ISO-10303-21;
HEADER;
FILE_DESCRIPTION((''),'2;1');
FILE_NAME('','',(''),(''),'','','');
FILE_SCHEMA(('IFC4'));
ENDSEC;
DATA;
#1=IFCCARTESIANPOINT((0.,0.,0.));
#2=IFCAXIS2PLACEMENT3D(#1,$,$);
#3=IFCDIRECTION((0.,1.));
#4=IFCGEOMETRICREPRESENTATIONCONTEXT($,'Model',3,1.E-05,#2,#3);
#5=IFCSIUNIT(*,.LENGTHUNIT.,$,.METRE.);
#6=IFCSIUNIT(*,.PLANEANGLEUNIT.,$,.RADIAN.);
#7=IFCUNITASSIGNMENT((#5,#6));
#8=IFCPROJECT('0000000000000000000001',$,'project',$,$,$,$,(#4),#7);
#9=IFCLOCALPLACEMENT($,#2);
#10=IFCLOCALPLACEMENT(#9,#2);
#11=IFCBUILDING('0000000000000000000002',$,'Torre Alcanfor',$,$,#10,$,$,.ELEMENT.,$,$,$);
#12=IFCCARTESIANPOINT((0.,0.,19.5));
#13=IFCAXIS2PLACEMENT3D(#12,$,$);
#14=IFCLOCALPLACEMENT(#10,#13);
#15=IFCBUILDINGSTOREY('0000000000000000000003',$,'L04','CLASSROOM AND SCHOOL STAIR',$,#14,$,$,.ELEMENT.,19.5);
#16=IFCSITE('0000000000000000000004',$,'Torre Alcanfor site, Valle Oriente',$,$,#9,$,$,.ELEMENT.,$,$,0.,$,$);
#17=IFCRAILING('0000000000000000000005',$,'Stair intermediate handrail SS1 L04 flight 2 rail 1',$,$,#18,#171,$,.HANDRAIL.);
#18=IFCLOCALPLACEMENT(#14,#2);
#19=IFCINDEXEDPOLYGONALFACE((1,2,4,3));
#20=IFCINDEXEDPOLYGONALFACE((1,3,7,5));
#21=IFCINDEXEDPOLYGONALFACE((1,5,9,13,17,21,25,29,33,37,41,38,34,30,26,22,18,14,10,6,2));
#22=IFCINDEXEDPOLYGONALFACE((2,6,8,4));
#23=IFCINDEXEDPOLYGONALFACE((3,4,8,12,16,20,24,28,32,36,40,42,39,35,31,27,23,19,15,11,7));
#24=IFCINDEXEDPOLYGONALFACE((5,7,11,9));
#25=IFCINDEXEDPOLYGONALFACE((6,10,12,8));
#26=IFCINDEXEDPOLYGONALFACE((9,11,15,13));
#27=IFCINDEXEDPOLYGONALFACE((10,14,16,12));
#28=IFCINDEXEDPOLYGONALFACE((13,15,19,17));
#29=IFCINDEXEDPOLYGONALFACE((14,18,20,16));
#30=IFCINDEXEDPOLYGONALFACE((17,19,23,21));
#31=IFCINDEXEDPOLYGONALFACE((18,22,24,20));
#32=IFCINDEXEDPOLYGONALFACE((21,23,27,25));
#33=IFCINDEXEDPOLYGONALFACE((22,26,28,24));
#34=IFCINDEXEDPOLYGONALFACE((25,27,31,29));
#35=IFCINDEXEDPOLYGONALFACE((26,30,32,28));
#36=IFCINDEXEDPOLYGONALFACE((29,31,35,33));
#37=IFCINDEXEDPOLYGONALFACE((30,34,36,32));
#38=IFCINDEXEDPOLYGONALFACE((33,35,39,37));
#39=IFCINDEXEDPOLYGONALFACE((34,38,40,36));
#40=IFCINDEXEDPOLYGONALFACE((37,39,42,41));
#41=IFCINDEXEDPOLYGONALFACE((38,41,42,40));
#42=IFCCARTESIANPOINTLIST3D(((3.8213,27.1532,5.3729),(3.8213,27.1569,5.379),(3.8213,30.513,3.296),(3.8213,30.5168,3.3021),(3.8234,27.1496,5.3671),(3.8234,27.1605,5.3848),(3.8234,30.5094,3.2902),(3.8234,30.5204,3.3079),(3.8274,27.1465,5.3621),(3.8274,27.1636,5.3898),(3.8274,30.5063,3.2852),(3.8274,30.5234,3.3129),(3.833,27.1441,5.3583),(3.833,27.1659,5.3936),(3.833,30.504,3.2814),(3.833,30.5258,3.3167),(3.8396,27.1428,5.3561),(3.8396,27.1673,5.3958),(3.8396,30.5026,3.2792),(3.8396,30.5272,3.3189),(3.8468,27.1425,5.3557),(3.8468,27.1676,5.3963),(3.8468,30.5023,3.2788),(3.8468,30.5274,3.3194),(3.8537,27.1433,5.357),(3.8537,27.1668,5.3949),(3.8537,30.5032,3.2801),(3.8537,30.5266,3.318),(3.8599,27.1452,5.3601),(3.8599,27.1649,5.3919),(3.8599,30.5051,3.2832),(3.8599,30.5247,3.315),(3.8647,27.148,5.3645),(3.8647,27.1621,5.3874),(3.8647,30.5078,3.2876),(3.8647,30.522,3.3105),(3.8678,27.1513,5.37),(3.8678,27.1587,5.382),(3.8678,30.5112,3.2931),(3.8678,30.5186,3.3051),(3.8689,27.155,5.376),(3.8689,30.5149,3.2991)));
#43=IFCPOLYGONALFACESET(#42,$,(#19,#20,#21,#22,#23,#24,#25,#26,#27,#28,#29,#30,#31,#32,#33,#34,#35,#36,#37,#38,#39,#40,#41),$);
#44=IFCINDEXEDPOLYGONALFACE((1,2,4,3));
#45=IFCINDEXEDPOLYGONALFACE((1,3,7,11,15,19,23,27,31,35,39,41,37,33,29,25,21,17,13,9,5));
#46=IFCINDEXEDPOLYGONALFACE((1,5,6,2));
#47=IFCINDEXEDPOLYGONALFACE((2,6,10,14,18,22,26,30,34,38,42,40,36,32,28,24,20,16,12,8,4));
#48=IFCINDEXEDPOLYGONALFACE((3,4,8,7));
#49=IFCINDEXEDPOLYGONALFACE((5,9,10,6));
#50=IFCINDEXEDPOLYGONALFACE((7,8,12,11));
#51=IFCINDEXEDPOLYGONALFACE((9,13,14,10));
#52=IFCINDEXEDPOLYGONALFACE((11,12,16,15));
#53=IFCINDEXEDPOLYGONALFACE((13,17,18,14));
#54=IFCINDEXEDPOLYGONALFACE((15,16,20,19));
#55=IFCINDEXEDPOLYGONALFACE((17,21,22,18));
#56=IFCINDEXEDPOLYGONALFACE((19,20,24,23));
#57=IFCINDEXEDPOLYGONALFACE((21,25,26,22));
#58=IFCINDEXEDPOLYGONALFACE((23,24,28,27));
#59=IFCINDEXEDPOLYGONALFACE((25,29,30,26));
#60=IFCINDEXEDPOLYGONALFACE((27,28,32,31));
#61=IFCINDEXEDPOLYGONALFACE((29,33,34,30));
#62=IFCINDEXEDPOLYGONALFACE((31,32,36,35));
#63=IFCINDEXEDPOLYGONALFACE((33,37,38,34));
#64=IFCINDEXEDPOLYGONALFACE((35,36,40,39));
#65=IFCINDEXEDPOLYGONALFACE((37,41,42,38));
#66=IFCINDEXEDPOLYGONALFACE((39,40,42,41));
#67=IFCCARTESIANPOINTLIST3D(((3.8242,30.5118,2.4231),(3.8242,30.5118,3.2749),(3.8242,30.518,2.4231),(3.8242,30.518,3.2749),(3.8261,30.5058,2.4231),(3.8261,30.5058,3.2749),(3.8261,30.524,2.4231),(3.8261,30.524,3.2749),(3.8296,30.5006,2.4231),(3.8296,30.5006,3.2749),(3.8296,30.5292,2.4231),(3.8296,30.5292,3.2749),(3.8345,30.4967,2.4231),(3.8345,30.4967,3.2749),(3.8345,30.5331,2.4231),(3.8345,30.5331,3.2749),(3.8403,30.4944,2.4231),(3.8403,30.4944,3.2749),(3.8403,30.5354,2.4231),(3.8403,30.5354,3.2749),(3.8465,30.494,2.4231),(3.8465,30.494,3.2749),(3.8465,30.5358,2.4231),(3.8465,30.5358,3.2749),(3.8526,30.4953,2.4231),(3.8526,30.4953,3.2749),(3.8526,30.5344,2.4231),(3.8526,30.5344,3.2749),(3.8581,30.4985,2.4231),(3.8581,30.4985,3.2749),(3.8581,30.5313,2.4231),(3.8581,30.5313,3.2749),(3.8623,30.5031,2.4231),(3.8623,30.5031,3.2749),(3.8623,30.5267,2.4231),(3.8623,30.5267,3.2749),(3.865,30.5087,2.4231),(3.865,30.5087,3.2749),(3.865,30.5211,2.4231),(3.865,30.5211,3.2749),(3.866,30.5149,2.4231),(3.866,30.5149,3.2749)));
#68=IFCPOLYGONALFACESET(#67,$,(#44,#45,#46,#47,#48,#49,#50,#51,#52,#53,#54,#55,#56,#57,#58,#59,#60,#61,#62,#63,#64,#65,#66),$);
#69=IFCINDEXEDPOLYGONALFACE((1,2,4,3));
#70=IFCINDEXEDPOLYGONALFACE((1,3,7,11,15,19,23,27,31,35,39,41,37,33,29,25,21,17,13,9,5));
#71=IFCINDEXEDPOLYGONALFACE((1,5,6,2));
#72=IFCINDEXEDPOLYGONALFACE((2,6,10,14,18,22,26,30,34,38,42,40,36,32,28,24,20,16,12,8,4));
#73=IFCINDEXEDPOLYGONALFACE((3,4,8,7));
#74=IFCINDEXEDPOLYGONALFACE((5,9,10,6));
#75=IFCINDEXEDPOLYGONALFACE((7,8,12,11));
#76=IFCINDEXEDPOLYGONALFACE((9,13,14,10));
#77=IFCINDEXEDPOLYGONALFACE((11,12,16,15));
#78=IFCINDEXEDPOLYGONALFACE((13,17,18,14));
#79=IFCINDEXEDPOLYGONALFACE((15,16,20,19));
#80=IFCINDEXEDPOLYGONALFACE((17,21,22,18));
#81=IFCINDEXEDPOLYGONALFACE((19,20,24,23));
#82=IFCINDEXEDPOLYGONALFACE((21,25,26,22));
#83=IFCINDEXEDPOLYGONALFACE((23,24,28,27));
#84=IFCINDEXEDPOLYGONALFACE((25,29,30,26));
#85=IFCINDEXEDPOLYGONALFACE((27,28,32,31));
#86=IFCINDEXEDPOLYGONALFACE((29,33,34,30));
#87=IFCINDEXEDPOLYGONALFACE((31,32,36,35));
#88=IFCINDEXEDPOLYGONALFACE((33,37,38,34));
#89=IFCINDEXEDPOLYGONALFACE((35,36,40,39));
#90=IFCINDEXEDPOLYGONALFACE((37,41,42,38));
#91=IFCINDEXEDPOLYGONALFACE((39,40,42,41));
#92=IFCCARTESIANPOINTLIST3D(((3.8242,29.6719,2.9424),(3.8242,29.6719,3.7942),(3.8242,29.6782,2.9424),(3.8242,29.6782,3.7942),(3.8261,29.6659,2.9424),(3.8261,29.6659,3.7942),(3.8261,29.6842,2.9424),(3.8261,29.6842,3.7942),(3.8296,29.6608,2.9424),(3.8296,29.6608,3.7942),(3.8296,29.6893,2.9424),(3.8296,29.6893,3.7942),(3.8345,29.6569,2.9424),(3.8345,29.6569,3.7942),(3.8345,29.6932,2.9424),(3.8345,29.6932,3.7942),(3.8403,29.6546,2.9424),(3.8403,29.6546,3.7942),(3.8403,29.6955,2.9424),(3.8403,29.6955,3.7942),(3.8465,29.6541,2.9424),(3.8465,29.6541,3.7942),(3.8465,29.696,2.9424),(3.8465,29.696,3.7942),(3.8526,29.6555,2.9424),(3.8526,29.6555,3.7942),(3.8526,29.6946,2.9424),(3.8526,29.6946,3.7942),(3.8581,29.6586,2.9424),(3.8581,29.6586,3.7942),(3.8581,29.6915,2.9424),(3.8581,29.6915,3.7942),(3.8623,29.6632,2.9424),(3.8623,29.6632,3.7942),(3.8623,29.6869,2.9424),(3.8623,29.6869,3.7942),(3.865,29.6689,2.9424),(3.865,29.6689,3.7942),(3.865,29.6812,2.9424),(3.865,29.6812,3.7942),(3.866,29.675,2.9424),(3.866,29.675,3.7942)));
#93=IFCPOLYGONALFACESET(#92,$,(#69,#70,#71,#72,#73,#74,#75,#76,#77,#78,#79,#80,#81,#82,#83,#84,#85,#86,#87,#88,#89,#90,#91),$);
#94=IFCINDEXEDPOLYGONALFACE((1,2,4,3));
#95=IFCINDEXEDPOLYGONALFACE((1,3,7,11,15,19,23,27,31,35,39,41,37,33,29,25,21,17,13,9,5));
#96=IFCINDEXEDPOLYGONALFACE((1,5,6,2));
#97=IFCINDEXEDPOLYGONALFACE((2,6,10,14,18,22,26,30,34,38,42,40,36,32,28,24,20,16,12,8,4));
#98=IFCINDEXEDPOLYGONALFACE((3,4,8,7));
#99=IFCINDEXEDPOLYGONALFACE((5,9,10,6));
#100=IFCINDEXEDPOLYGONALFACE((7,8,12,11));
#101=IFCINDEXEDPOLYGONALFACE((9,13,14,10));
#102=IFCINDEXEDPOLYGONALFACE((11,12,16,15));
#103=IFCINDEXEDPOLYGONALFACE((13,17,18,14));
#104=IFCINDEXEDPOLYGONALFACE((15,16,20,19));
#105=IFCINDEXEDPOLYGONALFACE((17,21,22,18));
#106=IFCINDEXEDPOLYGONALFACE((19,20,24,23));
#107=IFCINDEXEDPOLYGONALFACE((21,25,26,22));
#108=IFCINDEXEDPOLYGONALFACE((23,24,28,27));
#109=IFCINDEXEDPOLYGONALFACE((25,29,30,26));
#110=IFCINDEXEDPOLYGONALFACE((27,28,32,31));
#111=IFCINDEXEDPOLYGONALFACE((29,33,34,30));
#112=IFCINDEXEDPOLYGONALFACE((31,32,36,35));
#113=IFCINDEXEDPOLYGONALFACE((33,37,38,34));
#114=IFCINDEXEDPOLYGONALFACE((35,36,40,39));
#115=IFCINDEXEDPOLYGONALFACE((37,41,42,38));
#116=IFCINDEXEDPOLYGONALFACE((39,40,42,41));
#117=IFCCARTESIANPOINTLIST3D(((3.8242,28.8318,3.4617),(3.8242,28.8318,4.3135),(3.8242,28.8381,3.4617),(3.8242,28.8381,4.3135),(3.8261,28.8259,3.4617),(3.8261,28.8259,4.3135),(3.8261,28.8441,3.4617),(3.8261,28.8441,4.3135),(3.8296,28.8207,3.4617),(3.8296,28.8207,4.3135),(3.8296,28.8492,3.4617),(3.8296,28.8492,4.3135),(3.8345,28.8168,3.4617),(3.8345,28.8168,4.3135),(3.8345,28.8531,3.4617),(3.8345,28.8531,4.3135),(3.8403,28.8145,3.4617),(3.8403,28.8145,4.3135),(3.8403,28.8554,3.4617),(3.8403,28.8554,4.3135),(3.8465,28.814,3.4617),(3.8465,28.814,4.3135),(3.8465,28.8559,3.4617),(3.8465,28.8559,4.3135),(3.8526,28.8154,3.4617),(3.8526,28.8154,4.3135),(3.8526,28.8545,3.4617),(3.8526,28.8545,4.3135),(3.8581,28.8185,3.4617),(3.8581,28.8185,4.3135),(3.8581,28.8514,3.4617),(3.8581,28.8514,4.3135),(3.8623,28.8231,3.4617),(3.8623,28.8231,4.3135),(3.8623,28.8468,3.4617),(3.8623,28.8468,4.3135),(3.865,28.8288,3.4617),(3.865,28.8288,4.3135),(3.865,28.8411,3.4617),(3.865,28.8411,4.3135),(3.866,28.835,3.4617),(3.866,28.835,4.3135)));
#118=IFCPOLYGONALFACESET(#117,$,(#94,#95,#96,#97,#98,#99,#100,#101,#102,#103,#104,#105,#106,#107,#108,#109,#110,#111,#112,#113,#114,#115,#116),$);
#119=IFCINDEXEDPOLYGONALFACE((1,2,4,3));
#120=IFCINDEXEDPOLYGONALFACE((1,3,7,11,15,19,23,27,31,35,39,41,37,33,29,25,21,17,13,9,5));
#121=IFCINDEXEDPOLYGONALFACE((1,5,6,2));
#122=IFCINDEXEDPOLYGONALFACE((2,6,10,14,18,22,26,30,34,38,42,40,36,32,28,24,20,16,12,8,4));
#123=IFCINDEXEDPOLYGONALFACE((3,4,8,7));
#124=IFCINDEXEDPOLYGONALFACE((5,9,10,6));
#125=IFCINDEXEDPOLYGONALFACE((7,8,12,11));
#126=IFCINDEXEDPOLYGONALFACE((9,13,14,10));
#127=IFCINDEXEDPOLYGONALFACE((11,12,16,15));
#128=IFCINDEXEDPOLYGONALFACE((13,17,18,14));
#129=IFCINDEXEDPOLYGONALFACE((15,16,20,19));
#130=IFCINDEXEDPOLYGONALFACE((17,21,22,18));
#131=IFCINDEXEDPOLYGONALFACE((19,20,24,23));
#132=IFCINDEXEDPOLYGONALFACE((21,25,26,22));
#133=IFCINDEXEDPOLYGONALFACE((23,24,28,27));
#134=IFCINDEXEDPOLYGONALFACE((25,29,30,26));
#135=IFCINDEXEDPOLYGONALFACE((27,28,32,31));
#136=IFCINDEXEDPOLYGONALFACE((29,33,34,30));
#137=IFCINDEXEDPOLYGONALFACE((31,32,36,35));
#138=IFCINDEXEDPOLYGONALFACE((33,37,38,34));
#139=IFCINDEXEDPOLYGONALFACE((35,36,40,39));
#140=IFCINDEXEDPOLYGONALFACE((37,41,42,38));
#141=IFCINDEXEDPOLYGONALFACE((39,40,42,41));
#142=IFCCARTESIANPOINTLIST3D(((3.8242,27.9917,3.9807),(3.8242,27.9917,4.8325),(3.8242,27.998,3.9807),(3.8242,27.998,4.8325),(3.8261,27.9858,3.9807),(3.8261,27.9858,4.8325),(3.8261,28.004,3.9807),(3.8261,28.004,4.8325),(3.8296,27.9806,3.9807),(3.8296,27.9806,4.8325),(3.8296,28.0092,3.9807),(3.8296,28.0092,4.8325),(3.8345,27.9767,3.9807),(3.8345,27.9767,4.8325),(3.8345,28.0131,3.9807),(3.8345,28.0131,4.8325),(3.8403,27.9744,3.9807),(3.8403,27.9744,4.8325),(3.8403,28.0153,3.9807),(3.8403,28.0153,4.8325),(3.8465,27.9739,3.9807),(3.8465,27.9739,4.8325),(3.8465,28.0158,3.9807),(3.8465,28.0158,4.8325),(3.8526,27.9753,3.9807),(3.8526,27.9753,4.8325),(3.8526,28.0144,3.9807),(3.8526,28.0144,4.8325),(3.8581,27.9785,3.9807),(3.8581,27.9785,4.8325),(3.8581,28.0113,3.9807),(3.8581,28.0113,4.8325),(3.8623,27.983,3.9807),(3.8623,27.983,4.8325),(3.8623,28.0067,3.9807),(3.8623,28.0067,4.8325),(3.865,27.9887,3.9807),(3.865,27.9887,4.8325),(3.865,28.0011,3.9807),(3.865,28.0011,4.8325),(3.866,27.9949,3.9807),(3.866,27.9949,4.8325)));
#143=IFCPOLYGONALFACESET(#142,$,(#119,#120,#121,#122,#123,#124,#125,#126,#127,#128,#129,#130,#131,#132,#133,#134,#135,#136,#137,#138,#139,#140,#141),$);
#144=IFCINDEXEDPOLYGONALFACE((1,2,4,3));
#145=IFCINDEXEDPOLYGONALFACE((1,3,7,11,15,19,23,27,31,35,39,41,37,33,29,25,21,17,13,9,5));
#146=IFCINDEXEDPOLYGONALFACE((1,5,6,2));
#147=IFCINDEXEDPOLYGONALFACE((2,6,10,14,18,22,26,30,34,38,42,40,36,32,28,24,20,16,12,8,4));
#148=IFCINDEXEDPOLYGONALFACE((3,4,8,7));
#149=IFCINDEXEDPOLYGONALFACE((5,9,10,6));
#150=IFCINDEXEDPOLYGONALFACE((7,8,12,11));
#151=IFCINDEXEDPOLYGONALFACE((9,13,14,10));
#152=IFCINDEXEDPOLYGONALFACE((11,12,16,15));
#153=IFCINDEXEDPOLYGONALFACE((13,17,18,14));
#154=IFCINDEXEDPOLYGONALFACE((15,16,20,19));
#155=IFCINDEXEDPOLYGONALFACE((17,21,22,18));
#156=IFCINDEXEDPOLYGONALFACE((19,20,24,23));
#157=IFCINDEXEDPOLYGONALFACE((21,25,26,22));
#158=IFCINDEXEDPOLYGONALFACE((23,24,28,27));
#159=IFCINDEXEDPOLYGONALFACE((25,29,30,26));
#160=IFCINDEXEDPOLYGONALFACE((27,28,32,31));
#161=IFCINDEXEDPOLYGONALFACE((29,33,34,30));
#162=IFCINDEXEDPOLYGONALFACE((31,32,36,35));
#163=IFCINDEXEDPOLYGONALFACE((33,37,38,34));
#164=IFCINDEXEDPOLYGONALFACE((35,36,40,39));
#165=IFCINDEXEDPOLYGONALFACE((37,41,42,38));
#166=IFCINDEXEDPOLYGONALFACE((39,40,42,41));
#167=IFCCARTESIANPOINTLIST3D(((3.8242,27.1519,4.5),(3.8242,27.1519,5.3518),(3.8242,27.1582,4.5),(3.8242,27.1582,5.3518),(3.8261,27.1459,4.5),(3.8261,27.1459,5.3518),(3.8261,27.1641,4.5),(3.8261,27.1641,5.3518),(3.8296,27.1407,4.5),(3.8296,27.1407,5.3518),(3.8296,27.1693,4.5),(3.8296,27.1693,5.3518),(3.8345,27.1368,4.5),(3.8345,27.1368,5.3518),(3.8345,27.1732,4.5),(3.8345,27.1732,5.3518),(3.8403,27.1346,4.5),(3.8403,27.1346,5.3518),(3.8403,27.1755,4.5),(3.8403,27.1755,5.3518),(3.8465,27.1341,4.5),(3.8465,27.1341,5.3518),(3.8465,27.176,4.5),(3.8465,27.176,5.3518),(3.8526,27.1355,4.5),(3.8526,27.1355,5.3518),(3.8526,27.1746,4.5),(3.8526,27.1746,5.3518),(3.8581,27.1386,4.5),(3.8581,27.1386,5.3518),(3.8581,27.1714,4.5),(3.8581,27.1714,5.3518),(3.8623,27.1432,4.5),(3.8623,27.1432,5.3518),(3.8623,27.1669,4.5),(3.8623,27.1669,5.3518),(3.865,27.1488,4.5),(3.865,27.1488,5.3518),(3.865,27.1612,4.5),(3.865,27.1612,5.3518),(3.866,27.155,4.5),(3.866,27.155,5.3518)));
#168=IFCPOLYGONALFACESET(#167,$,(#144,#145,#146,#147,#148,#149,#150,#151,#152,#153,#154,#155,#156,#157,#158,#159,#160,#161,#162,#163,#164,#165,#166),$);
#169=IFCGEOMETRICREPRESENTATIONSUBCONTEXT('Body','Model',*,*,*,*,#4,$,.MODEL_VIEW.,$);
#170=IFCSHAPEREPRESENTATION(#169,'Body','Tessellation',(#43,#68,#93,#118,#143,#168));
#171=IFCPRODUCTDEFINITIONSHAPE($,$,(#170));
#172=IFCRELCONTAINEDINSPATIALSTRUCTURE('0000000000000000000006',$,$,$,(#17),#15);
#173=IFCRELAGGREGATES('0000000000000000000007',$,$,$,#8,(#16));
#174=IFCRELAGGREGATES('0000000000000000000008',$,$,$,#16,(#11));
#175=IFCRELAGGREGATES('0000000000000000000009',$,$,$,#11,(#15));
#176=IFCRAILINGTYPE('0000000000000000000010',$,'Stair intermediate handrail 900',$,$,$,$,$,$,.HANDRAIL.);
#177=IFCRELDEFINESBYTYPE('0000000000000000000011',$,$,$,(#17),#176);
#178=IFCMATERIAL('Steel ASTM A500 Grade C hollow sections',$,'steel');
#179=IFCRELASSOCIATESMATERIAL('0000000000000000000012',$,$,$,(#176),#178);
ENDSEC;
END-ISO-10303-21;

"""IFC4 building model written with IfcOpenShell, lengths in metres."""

from ifc_helpers import new_model, si_unit, direction, frame, origin, origin_2d, place, context, subcontext, project, spatial, circle, extrude, material, type_object, element, save


model = new_model("IFC4")

# Units and contexts
model_context = context("Model", 3, precision=1e-05, world=origin(), true_north=direction((0.0, 1.0)))
body_context = subcontext(model_context, "Body", "Model", "MODEL_VIEW")
ifc_project = project(units=[si_unit("LENGTHUNIT", "METRE"), si_unit("PLANEANGLEUNIT", "RADIAN")], contexts=[model_context])

# Site, building, storey
site_placement = place(None, origin())
site = spatial("IfcSite", under=ifc_project, at=site_placement, Name="Torre Alcanfor site, Valle Oriente", CompositionType="ELEMENT", RefElevation=0.0)
building_placement = place(site_placement, origin())
building = spatial("IfcBuilding", under=site, at=building_placement, Name="Torre Alcanfor", CompositionType="ELEMENT")
storey_placement = place(building_placement, frame((0.0, 0.0, 19.5)))
storey = spatial("IfcBuildingStorey", under=building, at=storey_placement, Name="L04", Description="CLASSROOM AND SCHOOL STAIR", CompositionType="ELEMENT", Elevation=19.5)

# Railing
ifc_material_1 = material(Name="Steel ASTM A500 Grade C hollow sections", Category="steel")
railing_type_1 = type_object("IfcRailingType", Name="Stair intermediate handrail 900", PredefinedType="HANDRAIL", material=ifc_material_1)
railing_1_placement = place(storey_placement, frame((3.845, 30.5149, 2.4231)))
element("IfcRailing", 1, at=railing_1_placement, inside=storey, type_object=railing_type_1, Name="Stair intermediate handrail SS1 L04 flight 2 rail 1", PredefinedType="HANDRAIL", context=body_context, shape_type="SweptSolid", body=[
    extrude(circle(Radius=0.0239, at=origin_2d()), frame((0.0, 0.0, 0.876), z_axis=(0.0, -0.850606, 0.525803), x_axis=(1.0, 0.0, 0.0)), (0.0, 0.0, 1.0), 3.95),
    extrude(circle(Radius=0.021, at=origin_2d()), origin(), (0.0, 0.0, 1.0), 0.8518),
    extrude(circle(Radius=0.021, at=origin_2d()), frame((0.0, -0.8398, 0.5193)), (0.0, 0.0, 1.0), 0.8518),
    extrude(circle(Radius=0.021, at=origin_2d()), frame((0.0, -1.6799, 1.0386)), (0.0, 0.0, 1.0), 0.8518),
    extrude(circle(Radius=0.021, at=origin_2d()), frame((0.0, -2.52, 1.5576)), (0.0, 0.0, 1.0), 0.8518),
    extrude(circle(Radius=0.021, at=origin_2d()), frame((0.0, -3.3599, 2.0769)), (0.0, 0.0, 1.0), 0.8518),
])

save(model, "model.ifc")
